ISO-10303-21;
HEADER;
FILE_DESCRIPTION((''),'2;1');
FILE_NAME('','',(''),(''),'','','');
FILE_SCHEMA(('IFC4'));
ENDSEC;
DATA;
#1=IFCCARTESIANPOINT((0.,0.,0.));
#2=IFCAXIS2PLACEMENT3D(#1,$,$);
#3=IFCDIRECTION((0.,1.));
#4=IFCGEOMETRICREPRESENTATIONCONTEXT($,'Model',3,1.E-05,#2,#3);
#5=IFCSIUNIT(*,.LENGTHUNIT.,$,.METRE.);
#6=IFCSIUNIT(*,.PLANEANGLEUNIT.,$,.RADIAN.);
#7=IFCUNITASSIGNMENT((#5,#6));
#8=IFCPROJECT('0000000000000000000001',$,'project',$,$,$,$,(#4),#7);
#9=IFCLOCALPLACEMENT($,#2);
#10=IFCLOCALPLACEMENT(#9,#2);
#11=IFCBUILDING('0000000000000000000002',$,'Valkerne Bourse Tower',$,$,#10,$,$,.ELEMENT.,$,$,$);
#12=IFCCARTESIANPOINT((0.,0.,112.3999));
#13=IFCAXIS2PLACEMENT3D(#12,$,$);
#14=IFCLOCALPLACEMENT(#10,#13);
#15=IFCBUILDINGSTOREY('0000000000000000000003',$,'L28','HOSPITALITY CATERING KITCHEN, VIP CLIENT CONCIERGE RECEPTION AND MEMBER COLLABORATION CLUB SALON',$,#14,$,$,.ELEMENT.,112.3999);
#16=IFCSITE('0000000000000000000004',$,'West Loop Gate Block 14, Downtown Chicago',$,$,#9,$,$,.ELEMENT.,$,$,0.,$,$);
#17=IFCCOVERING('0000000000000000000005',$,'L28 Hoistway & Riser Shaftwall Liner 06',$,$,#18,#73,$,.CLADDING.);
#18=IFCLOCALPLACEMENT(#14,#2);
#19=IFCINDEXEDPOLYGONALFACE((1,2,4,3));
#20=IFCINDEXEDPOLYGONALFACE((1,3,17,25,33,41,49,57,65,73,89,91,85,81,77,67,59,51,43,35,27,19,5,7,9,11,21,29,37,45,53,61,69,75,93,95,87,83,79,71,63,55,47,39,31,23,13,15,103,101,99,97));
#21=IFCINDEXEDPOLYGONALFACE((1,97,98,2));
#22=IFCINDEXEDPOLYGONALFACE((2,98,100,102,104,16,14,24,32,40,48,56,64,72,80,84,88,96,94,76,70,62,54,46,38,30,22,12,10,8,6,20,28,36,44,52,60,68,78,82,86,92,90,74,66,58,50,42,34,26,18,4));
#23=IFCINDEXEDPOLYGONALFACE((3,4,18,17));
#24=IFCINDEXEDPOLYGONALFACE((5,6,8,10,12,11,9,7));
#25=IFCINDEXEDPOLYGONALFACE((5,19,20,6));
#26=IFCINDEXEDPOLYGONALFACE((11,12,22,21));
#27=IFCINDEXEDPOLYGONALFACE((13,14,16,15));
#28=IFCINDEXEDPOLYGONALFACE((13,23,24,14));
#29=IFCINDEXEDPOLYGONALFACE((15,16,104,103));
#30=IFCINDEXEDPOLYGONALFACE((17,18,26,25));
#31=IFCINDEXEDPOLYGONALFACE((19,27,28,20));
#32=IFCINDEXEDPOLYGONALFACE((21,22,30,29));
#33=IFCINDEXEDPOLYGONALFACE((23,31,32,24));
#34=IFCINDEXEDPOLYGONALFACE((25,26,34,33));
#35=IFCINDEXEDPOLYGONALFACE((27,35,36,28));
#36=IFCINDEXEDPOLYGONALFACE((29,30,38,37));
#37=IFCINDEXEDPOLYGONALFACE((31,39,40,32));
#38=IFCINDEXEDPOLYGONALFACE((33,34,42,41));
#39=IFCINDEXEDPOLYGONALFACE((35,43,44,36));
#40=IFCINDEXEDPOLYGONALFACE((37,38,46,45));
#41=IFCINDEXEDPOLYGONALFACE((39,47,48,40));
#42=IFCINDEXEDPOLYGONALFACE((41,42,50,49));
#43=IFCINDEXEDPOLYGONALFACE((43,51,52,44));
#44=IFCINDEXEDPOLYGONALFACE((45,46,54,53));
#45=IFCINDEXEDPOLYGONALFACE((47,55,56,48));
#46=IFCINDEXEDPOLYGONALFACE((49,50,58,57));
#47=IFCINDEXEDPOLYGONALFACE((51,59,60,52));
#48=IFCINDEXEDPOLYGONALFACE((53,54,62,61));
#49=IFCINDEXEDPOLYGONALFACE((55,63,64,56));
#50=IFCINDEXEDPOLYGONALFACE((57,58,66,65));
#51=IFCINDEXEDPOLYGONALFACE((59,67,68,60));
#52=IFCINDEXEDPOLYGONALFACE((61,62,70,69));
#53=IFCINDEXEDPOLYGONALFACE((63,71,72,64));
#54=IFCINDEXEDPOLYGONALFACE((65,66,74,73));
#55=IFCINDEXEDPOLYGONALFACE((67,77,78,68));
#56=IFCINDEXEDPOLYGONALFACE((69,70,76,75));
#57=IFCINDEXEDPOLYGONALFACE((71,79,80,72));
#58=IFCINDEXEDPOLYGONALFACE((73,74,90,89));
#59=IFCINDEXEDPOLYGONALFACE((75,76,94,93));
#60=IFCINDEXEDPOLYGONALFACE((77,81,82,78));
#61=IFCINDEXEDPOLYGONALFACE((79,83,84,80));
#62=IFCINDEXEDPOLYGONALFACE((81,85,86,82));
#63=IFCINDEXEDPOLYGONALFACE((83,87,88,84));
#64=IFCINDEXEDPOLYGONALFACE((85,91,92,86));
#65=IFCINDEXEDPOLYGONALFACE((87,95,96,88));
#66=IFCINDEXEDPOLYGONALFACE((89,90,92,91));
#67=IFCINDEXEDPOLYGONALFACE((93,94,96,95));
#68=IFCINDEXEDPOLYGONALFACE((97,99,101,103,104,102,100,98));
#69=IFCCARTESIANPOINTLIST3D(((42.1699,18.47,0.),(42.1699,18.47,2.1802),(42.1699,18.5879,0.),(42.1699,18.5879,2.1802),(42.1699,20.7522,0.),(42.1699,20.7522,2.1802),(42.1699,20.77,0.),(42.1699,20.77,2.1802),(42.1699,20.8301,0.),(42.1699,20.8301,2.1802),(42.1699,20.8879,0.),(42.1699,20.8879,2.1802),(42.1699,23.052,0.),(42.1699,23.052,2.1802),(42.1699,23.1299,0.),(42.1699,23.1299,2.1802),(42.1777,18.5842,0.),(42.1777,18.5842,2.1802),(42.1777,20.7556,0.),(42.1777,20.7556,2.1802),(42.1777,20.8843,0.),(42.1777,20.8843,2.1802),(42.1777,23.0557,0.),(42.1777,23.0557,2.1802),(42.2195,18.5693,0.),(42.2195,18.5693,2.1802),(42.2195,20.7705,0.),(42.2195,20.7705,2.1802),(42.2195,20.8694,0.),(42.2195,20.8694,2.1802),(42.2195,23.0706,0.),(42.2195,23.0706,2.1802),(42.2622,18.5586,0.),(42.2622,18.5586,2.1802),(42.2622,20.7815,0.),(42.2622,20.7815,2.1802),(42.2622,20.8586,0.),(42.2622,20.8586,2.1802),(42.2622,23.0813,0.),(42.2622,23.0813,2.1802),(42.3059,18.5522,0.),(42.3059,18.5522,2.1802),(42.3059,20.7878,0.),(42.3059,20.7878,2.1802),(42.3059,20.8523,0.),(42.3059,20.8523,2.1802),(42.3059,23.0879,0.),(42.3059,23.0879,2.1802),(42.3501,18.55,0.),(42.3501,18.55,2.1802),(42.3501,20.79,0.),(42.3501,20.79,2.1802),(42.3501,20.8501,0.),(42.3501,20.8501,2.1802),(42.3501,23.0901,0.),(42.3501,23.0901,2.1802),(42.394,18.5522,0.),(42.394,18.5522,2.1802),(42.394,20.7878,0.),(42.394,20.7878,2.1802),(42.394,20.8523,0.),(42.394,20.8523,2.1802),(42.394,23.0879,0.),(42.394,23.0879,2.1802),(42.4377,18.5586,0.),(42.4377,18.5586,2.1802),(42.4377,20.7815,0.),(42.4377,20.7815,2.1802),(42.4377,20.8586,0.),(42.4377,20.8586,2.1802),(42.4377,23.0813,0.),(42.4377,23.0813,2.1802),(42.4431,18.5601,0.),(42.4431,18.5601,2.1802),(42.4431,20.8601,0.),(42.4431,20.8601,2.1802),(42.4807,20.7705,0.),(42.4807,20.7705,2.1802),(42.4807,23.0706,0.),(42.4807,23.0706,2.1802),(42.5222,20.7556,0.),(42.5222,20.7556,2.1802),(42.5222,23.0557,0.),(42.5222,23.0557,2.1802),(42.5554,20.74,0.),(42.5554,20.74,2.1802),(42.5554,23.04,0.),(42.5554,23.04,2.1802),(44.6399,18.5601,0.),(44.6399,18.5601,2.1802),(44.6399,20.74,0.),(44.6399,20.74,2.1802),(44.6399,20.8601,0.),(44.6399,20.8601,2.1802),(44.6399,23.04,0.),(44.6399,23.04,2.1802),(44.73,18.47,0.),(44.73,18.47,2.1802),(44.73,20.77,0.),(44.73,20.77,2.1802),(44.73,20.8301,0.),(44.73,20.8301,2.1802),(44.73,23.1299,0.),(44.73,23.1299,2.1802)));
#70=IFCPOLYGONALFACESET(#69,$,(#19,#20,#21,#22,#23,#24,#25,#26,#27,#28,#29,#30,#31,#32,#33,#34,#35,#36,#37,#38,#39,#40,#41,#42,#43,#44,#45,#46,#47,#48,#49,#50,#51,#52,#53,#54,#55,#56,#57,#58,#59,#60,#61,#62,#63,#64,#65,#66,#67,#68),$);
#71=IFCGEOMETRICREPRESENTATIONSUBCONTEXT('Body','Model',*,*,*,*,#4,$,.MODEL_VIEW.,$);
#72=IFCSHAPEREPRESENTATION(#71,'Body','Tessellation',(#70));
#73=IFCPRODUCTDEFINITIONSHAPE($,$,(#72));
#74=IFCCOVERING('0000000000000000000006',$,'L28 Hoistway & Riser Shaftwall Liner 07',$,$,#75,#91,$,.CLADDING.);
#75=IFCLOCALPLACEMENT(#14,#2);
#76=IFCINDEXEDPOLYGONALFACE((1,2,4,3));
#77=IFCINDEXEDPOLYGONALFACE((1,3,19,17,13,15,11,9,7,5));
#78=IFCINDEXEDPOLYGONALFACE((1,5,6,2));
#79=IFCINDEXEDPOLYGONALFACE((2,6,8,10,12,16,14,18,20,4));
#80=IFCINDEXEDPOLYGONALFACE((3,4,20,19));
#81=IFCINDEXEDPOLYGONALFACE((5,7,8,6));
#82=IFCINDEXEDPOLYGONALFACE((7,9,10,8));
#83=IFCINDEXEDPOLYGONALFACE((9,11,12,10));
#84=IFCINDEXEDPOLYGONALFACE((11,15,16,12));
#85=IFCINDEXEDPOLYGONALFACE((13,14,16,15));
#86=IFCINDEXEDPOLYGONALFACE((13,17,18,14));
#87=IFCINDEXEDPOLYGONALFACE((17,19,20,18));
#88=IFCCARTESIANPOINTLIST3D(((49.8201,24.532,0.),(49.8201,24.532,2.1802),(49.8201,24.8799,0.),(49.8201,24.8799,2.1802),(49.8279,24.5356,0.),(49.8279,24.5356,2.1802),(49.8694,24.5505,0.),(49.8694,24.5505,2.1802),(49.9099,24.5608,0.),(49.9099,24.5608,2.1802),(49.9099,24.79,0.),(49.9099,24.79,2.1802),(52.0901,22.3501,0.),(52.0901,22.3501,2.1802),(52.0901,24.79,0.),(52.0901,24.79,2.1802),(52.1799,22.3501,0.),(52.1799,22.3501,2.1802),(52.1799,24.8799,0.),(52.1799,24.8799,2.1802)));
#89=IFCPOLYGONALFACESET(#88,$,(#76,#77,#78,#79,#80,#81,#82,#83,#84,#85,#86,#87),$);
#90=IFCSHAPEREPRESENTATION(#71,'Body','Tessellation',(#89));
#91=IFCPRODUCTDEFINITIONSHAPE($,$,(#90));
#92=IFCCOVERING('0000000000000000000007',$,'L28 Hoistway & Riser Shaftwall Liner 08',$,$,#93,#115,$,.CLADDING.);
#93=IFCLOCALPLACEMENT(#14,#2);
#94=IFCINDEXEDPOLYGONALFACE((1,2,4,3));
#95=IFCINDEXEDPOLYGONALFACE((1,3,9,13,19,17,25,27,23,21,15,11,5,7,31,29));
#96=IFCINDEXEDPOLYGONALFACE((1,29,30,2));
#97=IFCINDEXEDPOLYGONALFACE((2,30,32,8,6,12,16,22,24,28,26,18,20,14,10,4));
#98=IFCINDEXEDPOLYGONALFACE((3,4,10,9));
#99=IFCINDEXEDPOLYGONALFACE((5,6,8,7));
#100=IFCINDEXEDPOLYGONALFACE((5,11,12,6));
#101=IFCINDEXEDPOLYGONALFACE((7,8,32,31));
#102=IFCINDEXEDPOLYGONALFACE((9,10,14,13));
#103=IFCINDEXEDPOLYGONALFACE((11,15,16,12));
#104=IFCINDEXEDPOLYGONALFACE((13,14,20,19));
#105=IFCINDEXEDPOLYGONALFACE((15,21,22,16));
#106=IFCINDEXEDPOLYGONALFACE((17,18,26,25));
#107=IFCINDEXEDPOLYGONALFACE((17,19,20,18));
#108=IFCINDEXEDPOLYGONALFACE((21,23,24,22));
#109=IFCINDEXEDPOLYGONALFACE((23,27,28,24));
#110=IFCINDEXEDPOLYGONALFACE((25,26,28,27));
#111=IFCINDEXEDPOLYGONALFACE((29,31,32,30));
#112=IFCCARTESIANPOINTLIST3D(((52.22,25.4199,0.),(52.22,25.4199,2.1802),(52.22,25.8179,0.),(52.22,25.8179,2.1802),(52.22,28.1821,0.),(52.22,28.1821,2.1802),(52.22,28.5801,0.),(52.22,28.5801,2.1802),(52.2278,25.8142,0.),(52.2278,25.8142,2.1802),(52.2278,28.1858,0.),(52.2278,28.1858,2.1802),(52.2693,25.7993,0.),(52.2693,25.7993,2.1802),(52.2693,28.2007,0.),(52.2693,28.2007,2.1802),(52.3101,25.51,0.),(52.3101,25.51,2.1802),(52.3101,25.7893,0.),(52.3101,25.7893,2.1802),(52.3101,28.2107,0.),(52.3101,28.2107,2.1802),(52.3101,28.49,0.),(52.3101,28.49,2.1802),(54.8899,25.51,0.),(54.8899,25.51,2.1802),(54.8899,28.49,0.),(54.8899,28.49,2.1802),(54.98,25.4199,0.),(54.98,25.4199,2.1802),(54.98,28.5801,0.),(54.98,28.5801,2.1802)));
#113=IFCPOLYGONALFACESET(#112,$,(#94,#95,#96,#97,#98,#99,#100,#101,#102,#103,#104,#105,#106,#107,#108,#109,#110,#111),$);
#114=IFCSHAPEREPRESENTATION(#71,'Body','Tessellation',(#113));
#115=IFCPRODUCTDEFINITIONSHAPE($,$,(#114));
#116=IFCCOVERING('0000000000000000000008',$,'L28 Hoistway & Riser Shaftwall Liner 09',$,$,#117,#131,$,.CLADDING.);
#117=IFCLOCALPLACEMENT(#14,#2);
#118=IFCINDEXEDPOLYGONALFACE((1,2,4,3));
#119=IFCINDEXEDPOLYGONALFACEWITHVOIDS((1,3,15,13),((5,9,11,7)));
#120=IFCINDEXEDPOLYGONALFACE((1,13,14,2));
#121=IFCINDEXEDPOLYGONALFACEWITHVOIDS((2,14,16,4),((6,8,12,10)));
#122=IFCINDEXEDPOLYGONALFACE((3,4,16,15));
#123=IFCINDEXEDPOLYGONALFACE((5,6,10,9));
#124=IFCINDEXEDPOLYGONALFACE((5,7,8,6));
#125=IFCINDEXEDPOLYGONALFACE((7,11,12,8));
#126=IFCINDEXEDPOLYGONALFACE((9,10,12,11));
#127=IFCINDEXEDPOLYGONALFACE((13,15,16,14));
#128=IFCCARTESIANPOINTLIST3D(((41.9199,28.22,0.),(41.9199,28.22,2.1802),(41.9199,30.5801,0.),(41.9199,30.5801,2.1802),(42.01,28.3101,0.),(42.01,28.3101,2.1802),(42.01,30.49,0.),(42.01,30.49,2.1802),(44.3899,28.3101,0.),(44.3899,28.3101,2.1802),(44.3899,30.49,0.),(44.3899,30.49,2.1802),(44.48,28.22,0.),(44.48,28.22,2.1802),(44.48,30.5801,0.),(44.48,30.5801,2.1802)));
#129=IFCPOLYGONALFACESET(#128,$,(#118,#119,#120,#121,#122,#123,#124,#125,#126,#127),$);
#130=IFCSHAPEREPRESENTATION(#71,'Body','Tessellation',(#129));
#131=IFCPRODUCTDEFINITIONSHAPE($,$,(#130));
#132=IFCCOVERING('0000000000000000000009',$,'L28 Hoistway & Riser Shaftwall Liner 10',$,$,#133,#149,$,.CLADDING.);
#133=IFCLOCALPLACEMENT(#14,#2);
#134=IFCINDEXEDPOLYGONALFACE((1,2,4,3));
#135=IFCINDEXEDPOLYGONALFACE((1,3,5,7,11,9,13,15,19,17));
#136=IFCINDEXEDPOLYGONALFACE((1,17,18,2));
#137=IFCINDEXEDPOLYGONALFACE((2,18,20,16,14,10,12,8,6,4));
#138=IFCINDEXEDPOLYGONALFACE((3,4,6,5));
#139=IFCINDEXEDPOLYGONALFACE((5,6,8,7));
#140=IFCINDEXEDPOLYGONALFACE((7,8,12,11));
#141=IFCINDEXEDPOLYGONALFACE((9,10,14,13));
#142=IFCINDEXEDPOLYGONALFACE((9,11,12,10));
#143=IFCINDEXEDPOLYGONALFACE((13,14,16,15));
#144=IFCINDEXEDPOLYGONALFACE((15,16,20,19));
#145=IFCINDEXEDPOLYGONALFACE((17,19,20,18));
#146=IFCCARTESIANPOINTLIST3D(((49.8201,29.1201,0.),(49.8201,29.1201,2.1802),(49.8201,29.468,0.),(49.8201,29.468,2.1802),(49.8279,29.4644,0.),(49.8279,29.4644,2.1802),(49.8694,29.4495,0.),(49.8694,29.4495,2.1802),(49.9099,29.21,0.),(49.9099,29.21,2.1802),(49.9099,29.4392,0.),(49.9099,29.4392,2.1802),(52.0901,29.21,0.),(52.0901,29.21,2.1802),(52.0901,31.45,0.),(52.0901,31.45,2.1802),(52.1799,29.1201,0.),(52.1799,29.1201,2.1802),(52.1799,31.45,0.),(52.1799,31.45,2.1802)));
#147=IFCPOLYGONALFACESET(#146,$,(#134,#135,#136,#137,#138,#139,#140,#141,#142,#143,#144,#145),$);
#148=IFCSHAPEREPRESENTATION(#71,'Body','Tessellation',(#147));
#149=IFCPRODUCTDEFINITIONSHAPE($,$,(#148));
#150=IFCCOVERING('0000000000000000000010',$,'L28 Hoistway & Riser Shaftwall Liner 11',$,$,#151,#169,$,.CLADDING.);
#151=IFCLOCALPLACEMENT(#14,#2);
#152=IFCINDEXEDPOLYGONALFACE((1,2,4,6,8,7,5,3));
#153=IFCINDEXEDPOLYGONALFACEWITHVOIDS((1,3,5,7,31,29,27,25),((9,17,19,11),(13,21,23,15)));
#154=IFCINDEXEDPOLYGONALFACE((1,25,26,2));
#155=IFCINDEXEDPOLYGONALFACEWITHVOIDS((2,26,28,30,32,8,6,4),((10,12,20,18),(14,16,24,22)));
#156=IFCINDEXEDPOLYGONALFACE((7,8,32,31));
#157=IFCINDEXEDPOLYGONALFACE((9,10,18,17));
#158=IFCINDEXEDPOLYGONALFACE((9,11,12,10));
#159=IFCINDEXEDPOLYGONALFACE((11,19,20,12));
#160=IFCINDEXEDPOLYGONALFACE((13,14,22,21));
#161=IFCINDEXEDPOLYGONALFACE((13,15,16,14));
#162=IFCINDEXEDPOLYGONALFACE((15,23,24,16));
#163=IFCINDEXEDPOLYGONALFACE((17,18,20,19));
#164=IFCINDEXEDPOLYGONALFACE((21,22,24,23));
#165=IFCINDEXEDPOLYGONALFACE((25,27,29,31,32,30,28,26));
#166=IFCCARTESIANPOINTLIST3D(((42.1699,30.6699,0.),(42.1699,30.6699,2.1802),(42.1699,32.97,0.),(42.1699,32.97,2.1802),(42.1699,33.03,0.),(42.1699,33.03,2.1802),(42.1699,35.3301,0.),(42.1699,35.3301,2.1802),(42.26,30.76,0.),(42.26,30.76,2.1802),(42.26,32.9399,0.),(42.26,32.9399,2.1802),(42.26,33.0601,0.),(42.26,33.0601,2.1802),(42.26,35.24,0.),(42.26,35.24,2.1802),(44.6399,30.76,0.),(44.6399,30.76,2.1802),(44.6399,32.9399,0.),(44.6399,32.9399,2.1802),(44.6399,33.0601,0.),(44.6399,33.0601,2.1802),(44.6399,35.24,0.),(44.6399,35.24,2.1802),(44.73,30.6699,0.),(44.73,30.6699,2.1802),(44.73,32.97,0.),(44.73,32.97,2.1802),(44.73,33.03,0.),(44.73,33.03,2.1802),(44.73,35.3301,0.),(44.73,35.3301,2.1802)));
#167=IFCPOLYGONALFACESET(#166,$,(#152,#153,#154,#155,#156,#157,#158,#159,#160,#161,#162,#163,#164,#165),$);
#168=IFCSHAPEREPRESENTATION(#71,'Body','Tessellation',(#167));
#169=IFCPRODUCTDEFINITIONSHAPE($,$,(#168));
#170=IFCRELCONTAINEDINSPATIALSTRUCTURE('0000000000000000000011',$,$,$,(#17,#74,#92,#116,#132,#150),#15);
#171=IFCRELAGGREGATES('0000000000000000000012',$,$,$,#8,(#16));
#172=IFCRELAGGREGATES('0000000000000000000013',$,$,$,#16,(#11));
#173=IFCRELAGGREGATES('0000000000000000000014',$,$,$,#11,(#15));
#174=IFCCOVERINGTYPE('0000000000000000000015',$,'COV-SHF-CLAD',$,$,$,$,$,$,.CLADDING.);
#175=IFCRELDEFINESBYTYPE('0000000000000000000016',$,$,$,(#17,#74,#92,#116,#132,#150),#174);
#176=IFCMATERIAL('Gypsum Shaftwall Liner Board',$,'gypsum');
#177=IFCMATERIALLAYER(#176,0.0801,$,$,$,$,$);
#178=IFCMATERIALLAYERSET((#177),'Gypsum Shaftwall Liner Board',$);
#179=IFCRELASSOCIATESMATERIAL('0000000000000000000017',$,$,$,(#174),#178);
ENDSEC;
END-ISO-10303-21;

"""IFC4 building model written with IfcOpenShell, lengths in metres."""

from ifc_helpers import new_model, si_unit, direction, frame, origin, place, context, subcontext, project, spatial, polyline, outline, extrude, material, layer, layer_set, type_object, element, save


model = new_model("IFC4")

# Units and contexts
model_context = context("Model", 3, precision=1e-05, world=origin(), true_north=direction((0.0, 1.0)))
body_context = subcontext(model_context, "Body", "Model", "MODEL_VIEW")
ifc_project = project(units=[si_unit("LENGTHUNIT", "METRE"), si_unit("PLANEANGLEUNIT", "RADIAN")], contexts=[model_context])

# Site, building, storey
site_placement = place(None, origin())
site = spatial("IfcSite", under=ifc_project, at=site_placement, Name="West Loop Gate Block 14, Downtown Chicago", CompositionType="ELEMENT", RefElevation=0.0)
building_placement = place(site_placement, origin())
building = spatial("IfcBuilding", under=site, at=building_placement, Name="Valkerne Bourse Tower", CompositionType="ELEMENT")
storey_placement = place(building_placement, frame((0.0, 0.0, 112.3999)))
storey = spatial("IfcBuildingStorey", under=building, at=storey_placement, Name="L28", Description="HOSPITALITY CATERING KITCHEN, VIP CLIENT CONCIERGE RECEPTION AND MEMBER COLLABORATION CLUB SALON", CompositionType="ELEMENT", Elevation=112.3999)

# Coverings
ifc_material_1 = material(Name="Gypsum Shaftwall Liner Board", Category="gypsum")
ifc_layer_1 = layer(ifc_material_1, 0.0801)
ifc_layer_set_1 = layer_set([ifc_layer_1], Name="Gypsum Shaftwall Liner Board")
covering_type_1 = type_object("IfcCoveringType", Name="COV-SHF-CLAD", PredefinedType="CLADDING", material=ifc_layer_set_1)
covering_1_placement = place(storey_placement, origin())
element("IfcCovering", 1, at=covering_1_placement, inside=storey, type_object=covering_type_1, Name="L28 Hoistway & Riser Shaftwall Liner 06", PredefinedType="CLADDING", context=body_context, shape_type="SweptSolid", body=[
    extrude(outline(polyline([(42.1699, 20.8301), (42.1699, 20.8879), (42.1777, 20.8843), (42.2195, 20.8694), (42.2622, 20.8586), (42.3059, 20.8523), (42.3501, 20.8501), (42.394, 20.8523), (42.4377, 20.8586), (42.4431, 20.8601), (44.6399, 20.8601), (44.6399, 23.04), (42.5554, 23.04), (42.5222, 23.0557), (42.4807, 23.0706), (42.4377, 23.0813), (42.394, 23.0879), (42.3501, 23.0901), (42.3059, 23.0879), (42.2622, 23.0813), (42.2195, 23.0706), (42.1777, 23.0557), (42.1699, 23.052), (42.1699, 23.1299), (44.73, 23.1299), (44.73, 20.8301), (44.73, 20.77), (44.73, 18.47), (42.1699, 18.47), (42.1699, 18.5879), (42.1777, 18.5842), (42.2195, 18.5693), (42.2622, 18.5586), (42.3059, 18.5522), (42.3501, 18.55), (42.394, 18.5522), (42.4377, 18.5586), (42.4431, 18.5601), (44.6399, 18.5601), (44.6399, 20.74), (42.5554, 20.74), (42.5222, 20.7556), (42.4807, 20.7705), (42.4377, 20.7815), (42.394, 20.7878), (42.3501, 20.79), (42.3059, 20.7878), (42.2622, 20.7815), (42.2195, 20.7705), (42.1777, 20.7556), (42.1699, 20.7522), (42.1699, 20.77), (42.1699, 20.8301)])), origin(), (0.0, 0.0, 1.0), 2.1802),
])
covering_2_placement = place(storey_placement, origin())
element("IfcCovering", 2, at=covering_2_placement, inside=storey, type_object=covering_type_1, Name="L28 Hoistway & Riser Shaftwall Liner 07", PredefinedType="CLADDING", context=body_context, shape_type="SweptSolid", body=[
    extrude(outline(polyline([(52.1799, 22.3501), (52.0901, 22.3501), (52.0901, 24.79), (49.9099, 24.79), (49.9099, 24.5608), (49.8694, 24.5505), (49.8279, 24.5356), (49.8201, 24.532), (49.8201, 24.8799), (52.1799, 24.8799), (52.1799, 22.3501)])), origin(), (0.0, 0.0, 1.0), 2.1802),
])
covering_3_placement = place(storey_placement, origin())
element("IfcCovering", 3, at=covering_3_placement, inside=storey, type_object=covering_type_1, Name="L28 Hoistway & Riser Shaftwall Liner 08", PredefinedType="CLADDING", context=body_context, shape_type="SweptSolid", body=[
    extrude(outline(polyline([(54.98, 25.4199), (52.22, 25.4199), (52.22, 25.8179), (52.2278, 25.8142), (52.2693, 25.7993), (52.3101, 25.7893), (52.3101, 25.51), (54.8899, 25.51), (54.8899, 28.49), (52.3101, 28.49), (52.3101, 28.2107), (52.2693, 28.2007), (52.2278, 28.1858), (52.22, 28.1821), (52.22, 28.5801), (54.98, 28.5801), (54.98, 25.4199)])), origin(), (0.0, 0.0, 1.0), 2.1802),
])
covering_4_placement = place(storey_placement, origin())
element("IfcCovering", 4, at=covering_4_placement, inside=storey, type_object=covering_type_1, Name="L28 Hoistway & Riser Shaftwall Liner 09", PredefinedType="CLADDING", context=body_context, shape_type="SweptSolid", body=[
    extrude(outline(polyline([(44.48, 28.22), (41.9199, 28.22), (41.9199, 30.5801), (44.48, 30.5801), (44.48, 28.22)]), holes=[polyline([(42.01, 30.49), (42.01, 28.3101), (44.3899, 28.3101), (44.3899, 30.49), (42.01, 30.49)])]), origin(), (0.0, 0.0, 1.0), 2.1802),
])
covering_5_placement = place(storey_placement, origin())
element("IfcCovering", 5, at=covering_5_placement, inside=storey, type_object=covering_type_1, Name="L28 Hoistway & Riser Shaftwall Liner 10", PredefinedType="CLADDING", context=body_context, shape_type="SweptSolid", body=[
    extrude(outline(polyline([(49.8201, 29.1201), (49.8201, 29.468), (49.8279, 29.4644), (49.8694, 29.4495), (49.9099, 29.4392), (49.9099, 29.21), (52.0901, 29.21), (52.0901, 31.45), (52.1799, 31.45), (52.1799, 29.1201), (49.8201, 29.1201)])), origin(), (0.0, 0.0, 1.0), 2.1802),
])
covering_6_placement = place(storey_placement, origin())
element("IfcCovering", 6, at=covering_6_placement, inside=storey, type_object=covering_type_1, Name="L28 Hoistway & Riser Shaftwall Liner 11", PredefinedType="CLADDING", context=body_context, shape_type="SweptSolid", body=[
    extrude(outline(polyline([(44.73, 35.3301), (44.73, 33.03), (44.73, 32.97), (44.73, 30.6699), (42.1699, 30.6699), (42.1699, 32.97), (42.1699, 33.03), (42.1699, 35.3301), (44.73, 35.3301)]), holes=[polyline([(42.26, 30.76), (44.6399, 30.76), (44.6399, 32.9399), (42.26, 32.9399), (42.26, 30.76)]), polyline([(42.26, 33.0601), (44.6399, 33.0601), (44.6399, 35.24), (42.26, 35.24), (42.26, 33.0601)])]), origin(), (0.0, 0.0, 1.0), 2.1802),
])

save(model, "model.ifc")
